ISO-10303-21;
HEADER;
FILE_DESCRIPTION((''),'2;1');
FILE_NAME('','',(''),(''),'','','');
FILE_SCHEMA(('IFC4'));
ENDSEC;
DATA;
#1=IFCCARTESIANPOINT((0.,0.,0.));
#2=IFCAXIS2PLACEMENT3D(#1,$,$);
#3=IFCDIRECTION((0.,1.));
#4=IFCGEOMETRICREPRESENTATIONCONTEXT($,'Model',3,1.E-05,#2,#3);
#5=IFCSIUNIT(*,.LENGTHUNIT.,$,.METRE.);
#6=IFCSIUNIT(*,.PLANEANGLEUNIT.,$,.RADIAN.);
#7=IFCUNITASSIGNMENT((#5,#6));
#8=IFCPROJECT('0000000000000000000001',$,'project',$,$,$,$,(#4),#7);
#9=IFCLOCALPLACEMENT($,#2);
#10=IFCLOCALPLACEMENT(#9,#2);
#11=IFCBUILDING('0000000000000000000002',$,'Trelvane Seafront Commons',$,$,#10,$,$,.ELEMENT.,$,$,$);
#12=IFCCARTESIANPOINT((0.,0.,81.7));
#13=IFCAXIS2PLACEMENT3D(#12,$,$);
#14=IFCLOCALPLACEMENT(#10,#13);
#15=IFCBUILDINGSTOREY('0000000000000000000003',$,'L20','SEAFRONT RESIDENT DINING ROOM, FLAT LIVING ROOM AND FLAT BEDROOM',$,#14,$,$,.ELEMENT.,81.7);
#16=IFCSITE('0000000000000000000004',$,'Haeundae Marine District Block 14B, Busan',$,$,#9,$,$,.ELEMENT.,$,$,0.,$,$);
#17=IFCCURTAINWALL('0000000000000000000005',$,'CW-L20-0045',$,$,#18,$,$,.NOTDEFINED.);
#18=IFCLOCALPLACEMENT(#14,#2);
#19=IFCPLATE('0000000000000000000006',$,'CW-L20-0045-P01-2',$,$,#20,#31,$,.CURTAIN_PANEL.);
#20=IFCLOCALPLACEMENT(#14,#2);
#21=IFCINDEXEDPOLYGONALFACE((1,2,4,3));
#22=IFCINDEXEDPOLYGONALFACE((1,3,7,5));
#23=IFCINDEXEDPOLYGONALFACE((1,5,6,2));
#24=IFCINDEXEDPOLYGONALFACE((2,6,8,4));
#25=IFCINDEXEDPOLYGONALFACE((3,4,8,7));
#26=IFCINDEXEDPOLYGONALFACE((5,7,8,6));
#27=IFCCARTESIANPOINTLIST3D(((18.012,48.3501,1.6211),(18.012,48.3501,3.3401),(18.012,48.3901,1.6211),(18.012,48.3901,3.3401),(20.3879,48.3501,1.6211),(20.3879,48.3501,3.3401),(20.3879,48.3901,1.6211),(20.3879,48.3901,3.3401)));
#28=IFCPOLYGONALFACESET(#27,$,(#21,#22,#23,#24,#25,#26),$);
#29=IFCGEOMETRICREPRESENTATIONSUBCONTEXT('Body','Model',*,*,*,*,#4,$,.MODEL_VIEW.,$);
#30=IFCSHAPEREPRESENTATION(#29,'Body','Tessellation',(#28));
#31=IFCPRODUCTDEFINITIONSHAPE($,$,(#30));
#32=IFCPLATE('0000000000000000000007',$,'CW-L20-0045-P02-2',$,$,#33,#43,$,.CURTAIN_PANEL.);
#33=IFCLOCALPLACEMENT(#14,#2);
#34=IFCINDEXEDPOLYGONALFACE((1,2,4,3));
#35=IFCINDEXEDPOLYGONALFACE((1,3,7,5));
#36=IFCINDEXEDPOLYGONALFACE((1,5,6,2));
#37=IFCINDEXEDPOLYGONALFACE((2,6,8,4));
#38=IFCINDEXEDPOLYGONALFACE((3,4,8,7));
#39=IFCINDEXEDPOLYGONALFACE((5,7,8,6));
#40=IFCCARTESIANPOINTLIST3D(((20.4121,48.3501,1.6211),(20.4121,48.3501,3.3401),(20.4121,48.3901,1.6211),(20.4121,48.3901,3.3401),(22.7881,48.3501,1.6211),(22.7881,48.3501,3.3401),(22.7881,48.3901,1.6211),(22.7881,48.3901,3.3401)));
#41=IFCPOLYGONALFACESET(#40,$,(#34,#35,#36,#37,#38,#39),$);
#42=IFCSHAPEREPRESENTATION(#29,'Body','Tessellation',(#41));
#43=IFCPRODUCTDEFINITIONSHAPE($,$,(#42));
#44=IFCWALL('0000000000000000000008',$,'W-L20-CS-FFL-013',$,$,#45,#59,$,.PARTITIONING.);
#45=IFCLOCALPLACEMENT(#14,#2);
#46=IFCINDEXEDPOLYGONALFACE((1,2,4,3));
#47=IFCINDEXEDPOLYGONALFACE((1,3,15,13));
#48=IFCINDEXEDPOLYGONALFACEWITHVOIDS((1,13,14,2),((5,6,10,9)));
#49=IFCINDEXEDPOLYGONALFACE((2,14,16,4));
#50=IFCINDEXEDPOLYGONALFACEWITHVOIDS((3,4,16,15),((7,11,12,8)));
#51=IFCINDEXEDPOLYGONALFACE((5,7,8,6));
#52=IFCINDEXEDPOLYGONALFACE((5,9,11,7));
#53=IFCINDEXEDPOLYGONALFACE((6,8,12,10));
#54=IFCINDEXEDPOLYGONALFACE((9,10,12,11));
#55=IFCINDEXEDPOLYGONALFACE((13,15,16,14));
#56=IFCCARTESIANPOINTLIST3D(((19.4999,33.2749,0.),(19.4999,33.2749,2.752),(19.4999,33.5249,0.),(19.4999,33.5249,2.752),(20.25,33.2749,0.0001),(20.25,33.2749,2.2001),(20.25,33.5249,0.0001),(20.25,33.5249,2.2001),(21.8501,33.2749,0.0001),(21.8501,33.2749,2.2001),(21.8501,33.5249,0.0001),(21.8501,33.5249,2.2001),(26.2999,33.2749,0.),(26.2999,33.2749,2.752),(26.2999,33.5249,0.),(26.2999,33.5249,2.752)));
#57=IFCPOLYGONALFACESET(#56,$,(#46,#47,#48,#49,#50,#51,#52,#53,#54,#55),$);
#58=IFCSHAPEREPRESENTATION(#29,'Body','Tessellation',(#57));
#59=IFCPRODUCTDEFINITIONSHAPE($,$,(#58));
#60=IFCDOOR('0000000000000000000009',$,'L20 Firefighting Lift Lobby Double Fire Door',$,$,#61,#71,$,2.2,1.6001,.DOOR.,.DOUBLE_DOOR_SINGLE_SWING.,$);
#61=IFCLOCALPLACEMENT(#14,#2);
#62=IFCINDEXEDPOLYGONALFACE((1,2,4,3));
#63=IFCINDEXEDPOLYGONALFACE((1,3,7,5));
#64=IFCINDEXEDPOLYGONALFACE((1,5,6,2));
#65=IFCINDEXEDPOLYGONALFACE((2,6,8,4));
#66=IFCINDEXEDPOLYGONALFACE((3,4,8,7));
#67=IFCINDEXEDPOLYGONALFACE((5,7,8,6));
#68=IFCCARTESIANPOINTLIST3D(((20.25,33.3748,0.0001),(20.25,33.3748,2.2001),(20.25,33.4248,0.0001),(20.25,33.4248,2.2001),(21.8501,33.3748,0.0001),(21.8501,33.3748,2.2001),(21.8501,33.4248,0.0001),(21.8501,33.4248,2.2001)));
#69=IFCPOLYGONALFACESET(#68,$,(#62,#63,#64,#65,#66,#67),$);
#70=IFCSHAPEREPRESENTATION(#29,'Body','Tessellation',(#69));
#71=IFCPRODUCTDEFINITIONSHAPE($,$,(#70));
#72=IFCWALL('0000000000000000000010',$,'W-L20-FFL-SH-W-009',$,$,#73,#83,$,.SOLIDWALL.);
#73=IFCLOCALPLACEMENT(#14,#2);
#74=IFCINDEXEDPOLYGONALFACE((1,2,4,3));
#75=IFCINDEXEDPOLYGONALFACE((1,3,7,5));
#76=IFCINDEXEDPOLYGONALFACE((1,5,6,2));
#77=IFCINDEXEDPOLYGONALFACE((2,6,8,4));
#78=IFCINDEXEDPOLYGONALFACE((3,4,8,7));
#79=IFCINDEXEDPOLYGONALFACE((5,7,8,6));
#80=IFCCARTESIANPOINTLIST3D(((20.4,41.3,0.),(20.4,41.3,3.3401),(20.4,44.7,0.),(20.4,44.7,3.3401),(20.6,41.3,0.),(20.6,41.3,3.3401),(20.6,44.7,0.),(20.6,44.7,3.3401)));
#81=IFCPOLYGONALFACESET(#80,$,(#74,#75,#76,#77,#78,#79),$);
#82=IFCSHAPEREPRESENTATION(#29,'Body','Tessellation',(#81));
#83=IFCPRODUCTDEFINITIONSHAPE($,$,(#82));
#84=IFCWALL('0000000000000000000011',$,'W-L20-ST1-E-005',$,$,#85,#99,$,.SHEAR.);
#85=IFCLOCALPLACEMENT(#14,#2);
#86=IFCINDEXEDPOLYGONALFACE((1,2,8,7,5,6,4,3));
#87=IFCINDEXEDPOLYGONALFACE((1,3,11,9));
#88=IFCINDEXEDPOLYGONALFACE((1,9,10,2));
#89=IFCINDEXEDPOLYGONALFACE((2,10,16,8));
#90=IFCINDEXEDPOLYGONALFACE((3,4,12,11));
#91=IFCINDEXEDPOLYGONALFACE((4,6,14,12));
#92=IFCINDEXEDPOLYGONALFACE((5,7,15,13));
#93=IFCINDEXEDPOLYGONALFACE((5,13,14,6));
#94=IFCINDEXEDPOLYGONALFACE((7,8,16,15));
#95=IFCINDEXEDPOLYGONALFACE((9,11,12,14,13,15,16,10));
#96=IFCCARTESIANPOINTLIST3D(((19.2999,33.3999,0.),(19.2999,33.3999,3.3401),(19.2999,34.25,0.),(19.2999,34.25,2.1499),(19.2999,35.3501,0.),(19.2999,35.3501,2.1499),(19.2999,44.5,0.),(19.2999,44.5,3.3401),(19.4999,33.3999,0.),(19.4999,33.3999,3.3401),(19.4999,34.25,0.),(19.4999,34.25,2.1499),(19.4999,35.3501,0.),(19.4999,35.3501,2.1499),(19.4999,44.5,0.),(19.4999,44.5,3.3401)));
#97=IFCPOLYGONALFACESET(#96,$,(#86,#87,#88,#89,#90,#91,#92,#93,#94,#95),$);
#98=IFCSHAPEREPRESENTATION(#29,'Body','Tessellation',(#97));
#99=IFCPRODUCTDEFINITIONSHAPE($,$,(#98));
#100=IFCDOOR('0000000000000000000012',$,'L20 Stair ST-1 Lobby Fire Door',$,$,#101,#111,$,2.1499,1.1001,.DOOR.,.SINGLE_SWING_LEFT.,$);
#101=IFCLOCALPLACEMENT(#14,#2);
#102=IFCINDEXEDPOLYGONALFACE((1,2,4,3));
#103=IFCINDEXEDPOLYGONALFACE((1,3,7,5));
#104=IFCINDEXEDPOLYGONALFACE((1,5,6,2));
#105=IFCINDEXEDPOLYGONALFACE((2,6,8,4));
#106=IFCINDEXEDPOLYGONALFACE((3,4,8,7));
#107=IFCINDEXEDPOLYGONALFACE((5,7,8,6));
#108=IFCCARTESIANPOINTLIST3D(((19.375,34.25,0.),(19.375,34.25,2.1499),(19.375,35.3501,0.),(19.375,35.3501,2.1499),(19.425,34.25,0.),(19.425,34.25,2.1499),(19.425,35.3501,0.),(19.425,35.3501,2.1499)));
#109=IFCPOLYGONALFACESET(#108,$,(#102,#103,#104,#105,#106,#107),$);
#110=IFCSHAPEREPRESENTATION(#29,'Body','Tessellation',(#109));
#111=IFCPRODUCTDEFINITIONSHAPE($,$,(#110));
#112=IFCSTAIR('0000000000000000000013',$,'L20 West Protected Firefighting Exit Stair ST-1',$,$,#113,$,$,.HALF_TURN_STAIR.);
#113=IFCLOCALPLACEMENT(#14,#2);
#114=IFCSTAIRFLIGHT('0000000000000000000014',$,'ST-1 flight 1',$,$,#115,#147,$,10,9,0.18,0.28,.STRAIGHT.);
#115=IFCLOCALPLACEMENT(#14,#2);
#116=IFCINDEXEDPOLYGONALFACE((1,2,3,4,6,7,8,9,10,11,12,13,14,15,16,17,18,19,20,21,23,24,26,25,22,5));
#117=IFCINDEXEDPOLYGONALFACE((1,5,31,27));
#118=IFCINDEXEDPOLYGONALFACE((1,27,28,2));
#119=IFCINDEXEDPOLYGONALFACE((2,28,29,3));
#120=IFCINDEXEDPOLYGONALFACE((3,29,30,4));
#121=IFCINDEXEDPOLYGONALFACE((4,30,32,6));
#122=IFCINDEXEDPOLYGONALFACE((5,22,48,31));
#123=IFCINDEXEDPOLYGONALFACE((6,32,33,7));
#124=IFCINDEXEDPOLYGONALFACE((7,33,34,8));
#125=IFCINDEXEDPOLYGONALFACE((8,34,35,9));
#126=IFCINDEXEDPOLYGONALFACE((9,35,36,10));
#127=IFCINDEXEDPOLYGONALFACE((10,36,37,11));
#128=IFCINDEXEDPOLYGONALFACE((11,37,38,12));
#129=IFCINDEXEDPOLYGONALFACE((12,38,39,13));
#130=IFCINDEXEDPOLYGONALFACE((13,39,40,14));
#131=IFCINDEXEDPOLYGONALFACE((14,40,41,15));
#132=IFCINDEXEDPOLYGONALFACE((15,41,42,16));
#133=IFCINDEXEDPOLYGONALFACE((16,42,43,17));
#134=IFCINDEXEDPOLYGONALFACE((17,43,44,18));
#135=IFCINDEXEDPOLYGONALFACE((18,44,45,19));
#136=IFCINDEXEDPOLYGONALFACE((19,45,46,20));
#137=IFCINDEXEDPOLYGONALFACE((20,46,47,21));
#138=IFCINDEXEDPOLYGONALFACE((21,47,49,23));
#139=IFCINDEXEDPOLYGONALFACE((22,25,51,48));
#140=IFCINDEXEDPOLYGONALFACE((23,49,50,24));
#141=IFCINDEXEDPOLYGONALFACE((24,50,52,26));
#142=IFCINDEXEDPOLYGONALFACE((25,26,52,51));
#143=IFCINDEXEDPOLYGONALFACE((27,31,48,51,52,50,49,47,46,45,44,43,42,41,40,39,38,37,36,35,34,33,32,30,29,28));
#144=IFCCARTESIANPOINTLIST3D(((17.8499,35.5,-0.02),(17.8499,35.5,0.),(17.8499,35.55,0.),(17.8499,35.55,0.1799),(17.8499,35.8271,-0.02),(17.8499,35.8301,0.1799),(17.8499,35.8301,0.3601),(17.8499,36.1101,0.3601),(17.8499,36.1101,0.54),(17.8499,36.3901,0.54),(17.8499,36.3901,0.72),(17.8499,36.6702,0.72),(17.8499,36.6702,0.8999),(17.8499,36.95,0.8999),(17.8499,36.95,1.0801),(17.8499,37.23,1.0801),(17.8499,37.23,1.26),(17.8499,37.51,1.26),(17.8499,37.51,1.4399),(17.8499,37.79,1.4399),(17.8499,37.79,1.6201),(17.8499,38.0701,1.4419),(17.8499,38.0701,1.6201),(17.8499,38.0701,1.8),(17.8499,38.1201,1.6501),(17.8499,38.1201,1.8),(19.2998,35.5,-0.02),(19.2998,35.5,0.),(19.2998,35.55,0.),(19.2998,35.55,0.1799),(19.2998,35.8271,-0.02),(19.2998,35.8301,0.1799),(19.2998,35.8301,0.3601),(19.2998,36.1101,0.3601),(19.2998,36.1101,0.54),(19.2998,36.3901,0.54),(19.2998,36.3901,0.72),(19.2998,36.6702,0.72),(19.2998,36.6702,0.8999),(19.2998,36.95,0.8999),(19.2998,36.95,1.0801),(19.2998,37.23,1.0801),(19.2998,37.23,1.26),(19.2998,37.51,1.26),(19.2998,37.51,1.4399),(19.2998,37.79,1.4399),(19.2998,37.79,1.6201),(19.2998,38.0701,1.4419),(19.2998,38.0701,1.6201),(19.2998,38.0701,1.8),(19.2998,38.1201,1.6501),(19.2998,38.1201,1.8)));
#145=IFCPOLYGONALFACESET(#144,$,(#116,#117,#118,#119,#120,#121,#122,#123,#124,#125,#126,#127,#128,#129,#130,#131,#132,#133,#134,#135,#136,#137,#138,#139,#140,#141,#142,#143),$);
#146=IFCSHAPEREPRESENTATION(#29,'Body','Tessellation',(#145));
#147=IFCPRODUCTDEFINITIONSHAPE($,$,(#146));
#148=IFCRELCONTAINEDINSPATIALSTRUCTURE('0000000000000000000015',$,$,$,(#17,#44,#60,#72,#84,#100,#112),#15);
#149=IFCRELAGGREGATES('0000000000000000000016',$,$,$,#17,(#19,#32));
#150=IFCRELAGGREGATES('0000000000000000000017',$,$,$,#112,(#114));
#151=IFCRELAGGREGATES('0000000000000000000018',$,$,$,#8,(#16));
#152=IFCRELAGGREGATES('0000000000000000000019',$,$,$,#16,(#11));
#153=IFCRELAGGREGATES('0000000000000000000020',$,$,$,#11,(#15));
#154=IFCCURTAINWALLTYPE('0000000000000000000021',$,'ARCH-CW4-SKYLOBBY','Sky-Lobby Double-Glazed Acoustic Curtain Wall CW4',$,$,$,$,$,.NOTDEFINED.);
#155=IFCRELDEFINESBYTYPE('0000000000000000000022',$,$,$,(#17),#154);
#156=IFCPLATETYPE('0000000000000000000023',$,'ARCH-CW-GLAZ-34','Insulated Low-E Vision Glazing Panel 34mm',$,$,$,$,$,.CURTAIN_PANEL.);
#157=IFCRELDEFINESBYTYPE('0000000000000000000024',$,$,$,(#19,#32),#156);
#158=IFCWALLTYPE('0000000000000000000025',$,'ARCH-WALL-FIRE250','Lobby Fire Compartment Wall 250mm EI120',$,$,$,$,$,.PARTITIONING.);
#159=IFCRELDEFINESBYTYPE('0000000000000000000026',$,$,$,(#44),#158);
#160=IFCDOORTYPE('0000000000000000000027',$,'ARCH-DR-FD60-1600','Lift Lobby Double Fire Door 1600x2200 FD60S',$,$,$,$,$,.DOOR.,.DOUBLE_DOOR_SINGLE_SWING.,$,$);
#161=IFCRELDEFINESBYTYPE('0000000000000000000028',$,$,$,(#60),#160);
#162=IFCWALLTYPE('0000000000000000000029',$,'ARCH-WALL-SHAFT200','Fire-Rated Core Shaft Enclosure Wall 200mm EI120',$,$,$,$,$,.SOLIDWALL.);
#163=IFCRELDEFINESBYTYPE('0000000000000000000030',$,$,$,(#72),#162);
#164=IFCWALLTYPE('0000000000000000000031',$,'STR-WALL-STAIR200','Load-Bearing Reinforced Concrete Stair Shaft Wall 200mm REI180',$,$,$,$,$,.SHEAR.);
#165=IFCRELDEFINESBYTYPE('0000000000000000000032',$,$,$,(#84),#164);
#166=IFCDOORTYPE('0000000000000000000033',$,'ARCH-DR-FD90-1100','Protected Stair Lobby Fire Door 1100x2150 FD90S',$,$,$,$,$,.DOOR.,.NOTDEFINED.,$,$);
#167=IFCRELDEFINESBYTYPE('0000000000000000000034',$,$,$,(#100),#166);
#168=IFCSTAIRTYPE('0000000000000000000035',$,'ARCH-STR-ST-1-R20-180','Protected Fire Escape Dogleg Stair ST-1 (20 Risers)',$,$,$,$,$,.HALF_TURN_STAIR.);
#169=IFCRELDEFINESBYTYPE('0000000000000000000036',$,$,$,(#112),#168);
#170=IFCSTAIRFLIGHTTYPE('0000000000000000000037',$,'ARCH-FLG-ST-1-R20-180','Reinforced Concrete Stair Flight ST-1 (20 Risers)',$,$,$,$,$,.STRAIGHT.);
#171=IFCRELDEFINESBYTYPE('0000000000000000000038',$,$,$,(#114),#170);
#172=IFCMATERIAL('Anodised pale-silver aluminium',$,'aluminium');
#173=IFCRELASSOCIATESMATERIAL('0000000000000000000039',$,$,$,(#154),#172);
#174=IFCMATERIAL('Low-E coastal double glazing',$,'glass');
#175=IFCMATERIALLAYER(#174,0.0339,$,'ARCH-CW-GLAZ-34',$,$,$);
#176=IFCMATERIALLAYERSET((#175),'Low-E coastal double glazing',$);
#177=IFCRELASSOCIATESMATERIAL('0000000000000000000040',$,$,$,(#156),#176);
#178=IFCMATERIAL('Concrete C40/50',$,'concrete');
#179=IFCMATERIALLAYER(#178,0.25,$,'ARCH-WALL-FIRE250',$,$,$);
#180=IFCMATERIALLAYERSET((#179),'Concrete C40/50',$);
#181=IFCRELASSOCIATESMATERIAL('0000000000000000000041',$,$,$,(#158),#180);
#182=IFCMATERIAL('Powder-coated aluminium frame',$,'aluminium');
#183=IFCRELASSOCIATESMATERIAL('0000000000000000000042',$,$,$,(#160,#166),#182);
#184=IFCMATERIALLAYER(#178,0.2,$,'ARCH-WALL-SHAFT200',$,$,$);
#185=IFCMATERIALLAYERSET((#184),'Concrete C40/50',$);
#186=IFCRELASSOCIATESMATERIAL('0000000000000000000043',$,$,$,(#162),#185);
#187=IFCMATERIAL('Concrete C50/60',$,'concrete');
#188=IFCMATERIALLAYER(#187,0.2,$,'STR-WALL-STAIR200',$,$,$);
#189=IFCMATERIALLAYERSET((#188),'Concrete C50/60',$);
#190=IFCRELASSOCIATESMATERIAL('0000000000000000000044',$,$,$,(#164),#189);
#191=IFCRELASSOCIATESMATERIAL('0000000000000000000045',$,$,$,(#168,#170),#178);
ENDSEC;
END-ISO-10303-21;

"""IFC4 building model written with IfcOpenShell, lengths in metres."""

from ifc_helpers import new_model, si_unit, direction, frame, frame_2d, origin, origin_2d, place, context, subcontext, project, spatial, polyline, rectangle, outline, extrude, source, transform, mapped, material, layer, layer_set, type_object, element, fill, aggregate, save


model = new_model("IFC4")

# Units and contexts
model_context = context("Model", 3, precision=1e-05, world=origin(), true_north=direction((0.0, 1.0)))
body_context = subcontext(model_context, "Body", "Model", "MODEL_VIEW")
ifc_project = project(units=[si_unit("LENGTHUNIT", "METRE"), si_unit("PLANEANGLEUNIT", "RADIAN")], contexts=[model_context])

# Site, building, storey
site_placement = place(None, origin())
site = spatial("IfcSite", under=ifc_project, at=site_placement, Name="Haeundae Marine District Block 14B, Busan", CompositionType="ELEMENT", RefElevation=0.0)
building_placement = place(site_placement, origin())
building = spatial("IfcBuilding", under=site, at=building_placement, Name="Trelvane Seafront Commons", CompositionType="ELEMENT")
storey_placement = place(building_placement, frame((0.0, 0.0, 81.7)))
storey = spatial("IfcBuildingStorey", under=building, at=storey_placement, Name="L20", Description="SEAFRONT RESIDENT DINING ROOM, FLAT LIVING ROOM AND FLAT BEDROOM", CompositionType="ELEMENT", Elevation=81.7)

# Curtain wall
ifc_material_1 = material(Name="Anodised pale-silver aluminium", Category="aluminium")
curtain_wall_type = type_object("IfcCurtainWallType", Name="ARCH-CW4-SKYLOBBY", Description="Sky-Lobby Double-Glazed Acoustic Curtain Wall CW4", PredefinedType="NOTDEFINED", material=ifc_material_1)
curtain_wall_placement = place(storey_placement, origin())
curtain_wall = element("IfcCurtainWall", 1, at=curtain_wall_placement, inside=storey, type_object=curtain_wall_type, Name="CW-L20-0045", PredefinedType="NOTDEFINED")

# Plates
ifc_material_2 = material(Name="Low-E coastal double glazing", Category="glass")
ifc_layer_1 = layer(ifc_material_2, 0.0339, Name="ARCH-CW-GLAZ-34")
ifc_layer_set_1 = layer_set([ifc_layer_1], Name="Low-E coastal double glazing")
plate_type_1 = type_object("IfcPlateType", Name="ARCH-CW-GLAZ-34", Description="Insulated Low-E Vision Glazing Panel 34mm", PredefinedType="CURTAIN_PANEL", material=ifc_layer_set_1)
shared_shape_1 = source(origin(), body_context, "Body", "SweptSolid", [
    extrude(rectangle(XDim=2.376, YDim=0.04, at=origin_2d()), origin(), (0.0, 0.0, 1.0), 1.719),
])
plate_1_placement = place(storey_placement, frame((19.2, 48.3701, 1.6211), z_axis=(0.0, 0.0, 1.0), x_axis=(1.0, 0.0, 0.0)))
plate_1 = element("IfcPlate", 2, at=plate_1_placement, type_object=plate_type_1, Name="CW-L20-0045-P01-2", PredefinedType="CURTAIN_PANEL", context=body_context, shape_type="MappedRepresentation", body=[
    mapped(shared_shape_1, transform((0.0, 0.0, 0.0), x_axis=(1.0, 0.0, 0.0), y_axis=(0.0, 1.0, 0.0), z_axis=(0.0, 0.0, 1.0), scale=1.0)),
])
plate_2_placement = place(storey_placement, frame((21.6001, 48.3701, 1.6211), z_axis=(0.0, 0.0, 1.0), x_axis=(1.0, 0.0, 0.0)))
plate_2 = element("IfcPlate", 3, at=plate_2_placement, type_object=plate_type_1, Name="CW-L20-0045-P02-2", PredefinedType="CURTAIN_PANEL", context=body_context, shape_type="MappedRepresentation", body=[
    mapped(shared_shape_1, transform((0.0, 0.0, 0.0), x_axis=(1.0, 0.0, 0.0), y_axis=(0.0, 1.0, 0.0), z_axis=(0.0, 0.0, 1.0), scale=1.0)),
])
aggregate(curtain_wall, [plate_1, plate_2])

# Wall, opening, door
ifc_material_3 = material(Name="Concrete C40/50", Category="concrete")
ifc_layer_2 = layer(ifc_material_3, 0.25, Name="ARCH-WALL-FIRE250")
ifc_layer_set_2 = layer_set([ifc_layer_2], Name="Concrete C40/50")
wall_type_1 = type_object("IfcWallType", Name="ARCH-WALL-FIRE250", Description="Lobby Fire Compartment Wall 250mm EI120", PredefinedType="PARTITIONING", material=ifc_layer_set_2)
wall_1_placement = place(storey_placement, frame((19.5, 33.3999, 0.0), z_axis=(0.0, 0.0, 1.0), x_axis=(1.0, 0.0, 0.0)))
wall_1 = element("IfcWall", 4, at=wall_1_placement, inside=storey, type_object=wall_type_1, Name="W-L20-CS-FFL-013", PredefinedType="PARTITIONING", context=body_context, shape_type="SweptSolid", body=[
    extrude(rectangle(XDim=6.8, YDim=0.25, at=frame_2d((3.3999, 0.0))), origin(), (0.0, 0.0, 1.0), 2.752),
])
opening_1_placement = place(wall_1_placement, frame((0.75, 0.0, 0.0)))
opening_1 = element("IfcOpeningElement", 5, at=opening_1_placement, cuts=wall_1, PredefinedType="OPENING", context=body_context, shape_type="SweptSolid", body=[
    extrude(rectangle(XDim=1.6001, YDim=2.2, at=frame_2d((0.8, 1.1001))), frame((0.0, 0.135, 0.0), z_axis=(0.0, -1.0, 0.0), x_axis=(1.0, 0.0, 0.0)), (0.0, 0.0, 1.0), 0.27),
])
ifc_material_4 = material(Name="Powder-coated aluminium frame", Category="aluminium")
door_type_1 = type_object("IfcDoorType", Name="ARCH-DR-FD60-1600", Description="Lift Lobby Double Fire Door 1600x2200 FD60S", OperationType="DOUBLE_DOOR_SINGLE_SWING", PredefinedType="DOOR", material=ifc_material_4)
shared_shape_2 = source(origin(), body_context, "Body", "SweptSolid", [
    extrude(rectangle(XDim=1.6001, YDim=2.2, at=frame_2d((0.8, 1.1001))), frame((0.0, 0.0249, 0.0), z_axis=(0.0, -1.0, 0.0), x_axis=(1.0, 0.0, 0.0)), (0.0, 0.0, 1.0), 0.05),
])
door_1_placement = place(opening_1_placement, origin())
door_1 = element("IfcDoor", 6, at=door_1_placement, inside=storey, type_object=door_type_1, Name="L20 Firefighting Lift Lobby Double Fire Door", OperationType="DOUBLE_DOOR_SINGLE_SWING", OverallHeight=2.2, OverallWidth=1.6001, PredefinedType="DOOR", context=body_context, shape_type="MappedRepresentation", body=[
    mapped(shared_shape_2, transform((0.0, 0.0, 0.0), x_axis=(1.0, 0.0, 0.0), y_axis=(0.0, 1.0, 0.0), z_axis=(0.0, 0.0, 1.0), scale=1.0)),
])
fill(opening_1, door_1)

# Shared definitions
ifc_layer_3 = layer(ifc_material_3, 0.2, Name="ARCH-WALL-SHAFT200")
ifc_layer_set_3 = layer_set([ifc_layer_3], Name="Concrete C40/50")
wall_type_2 = type_object("IfcWallType", Name="ARCH-WALL-SHAFT200", Description="Fire-Rated Core Shaft Enclosure Wall 200mm EI120", PredefinedType="SOLIDWALL", material=ifc_layer_set_3)
shared_shape_3 = source(origin(), body_context, "Body", "SweptSolid", [
    extrude(rectangle(XDim=1.1001, YDim=2.1499, at=frame_2d((0.55, 1.075))), frame((0.0, 0.0249, 0.0), z_axis=(0.0, -1.0, 0.0), x_axis=(1.0, 0.0, 0.0)), (0.0, 0.0, 1.0), 0.05),
])

# Wall
wall_2_placement = place(storey_placement, frame((20.5, 41.3, 0.0), z_axis=(0.0, 0.0, 1.0), x_axis=(0.0, 1.0, 0.0)))
element("IfcWall", 7, at=wall_2_placement, inside=storey, type_object=wall_type_2, Name="W-L20-FFL-SH-W-009", PredefinedType="SOLIDWALL", context=body_context, shape_type="SweptSolid", body=[
    extrude(rectangle(XDim=3.3999, YDim=0.2, at=frame_2d((1.7, 0.0))), origin(), (0.0, 0.0, 1.0), 3.3401),
])

# Wall, opening, door
ifc_material_5 = material(Name="Concrete C50/60", Category="concrete")
ifc_layer_4 = layer(ifc_material_5, 0.2, Name="STR-WALL-STAIR200")
ifc_layer_set_4 = layer_set([ifc_layer_4], Name="Concrete C50/60")
wall_type_3 = type_object("IfcWallType", Name="STR-WALL-STAIR200", Description="Load-Bearing Reinforced Concrete Stair Shaft Wall 200mm REI180", PredefinedType="SHEAR", material=ifc_layer_set_4)
wall_3_placement = place(storey_placement, frame((19.3999, 33.3999, 0.0), z_axis=(0.0, 0.0, 1.0), x_axis=(0.0, 1.0, 0.0)))
wall_3 = element("IfcWall", 8, at=wall_3_placement, inside=storey, type_object=wall_type_3, Name="W-L20-ST1-E-005", PredefinedType="SHEAR", context=body_context, shape_type="SweptSolid", body=[
    extrude(rectangle(XDim=11.1001, YDim=0.2, at=frame_2d((5.55, 0.0))), origin(), (0.0, 0.0, 1.0), 3.3401),
])
opening_2_placement = place(wall_3_placement, frame((0.8501, 0.0, 0.0)))
opening_2 = element("IfcOpeningElement", 9, at=opening_2_placement, cuts=wall_3, PredefinedType="OPENING", context=body_context, shape_type="SweptSolid", body=[
    extrude(rectangle(XDim=1.1001, YDim=2.1499, at=frame_2d((0.55, 1.075))), frame((0.0, 0.1099, 0.0), z_axis=(0.0, -1.0, 0.0), x_axis=(1.0, 0.0, 0.0)), (0.0, 0.0, 1.0), 0.22),
])
door_type_2 = type_object("IfcDoorType", Name="ARCH-DR-FD90-1100", Description="Protected Stair Lobby Fire Door 1100x2150 FD90S", OperationType="NOTDEFINED", PredefinedType="DOOR", material=ifc_material_4)
door_2_placement = place(opening_2_placement, origin())
door_2 = element("IfcDoor", 10, at=door_2_placement, inside=storey, type_object=door_type_2, Name="L20 Stair ST-1 Lobby Fire Door", OperationType="SINGLE_SWING_LEFT", OverallHeight=2.1499, OverallWidth=1.1001, PredefinedType="DOOR", context=body_context, shape_type="MappedRepresentation", body=[
    mapped(shared_shape_3, transform((0.0, 0.0, 0.0), x_axis=(1.0, 0.0, 0.0), y_axis=(0.0, 1.0, 0.0), z_axis=(0.0, 0.0, 1.0), scale=1.0)),
])
fill(opening_2, door_2)

# Stair, stair flight
stair_type = type_object("IfcStairType", Name="ARCH-STR-ST-1-R20-180", Description="Protected Fire Escape Dogleg Stair ST-1 (20 Risers)", PredefinedType="HALF_TURN_STAIR", material=ifc_material_3)
stair_placement = place(storey_placement, origin())
stair = element("IfcStair", 11, at=stair_placement, inside=storey, type_object=stair_type, Name="L20 West Protected Firefighting Exit Stair ST-1", PredefinedType="HALF_TURN_STAIR")
stair_flight_type = type_object("IfcStairFlightType", Name="ARCH-FLG-ST-1-R20-180", Description="Reinforced Concrete Stair Flight ST-1 (20 Risers)", PredefinedType="STRAIGHT", material=ifc_material_3)
shared_shape_4 = source(origin(), body_context, "Body", "SweptSolid", [
    extrude(outline(polyline([(-0.05, -0.02), (-0.05, 0.0), (0.0, 0.0), (0.0, 0.1799), (0.28, 0.1799), (0.28, 0.3601), (0.5601, 0.3601), (0.5601, 0.54), (0.8401, 0.54), (0.8401, 0.72), (1.1201, 0.72), (1.1201, 0.8999), (1.3999, 0.8999), (1.3999, 1.0801), (1.6799, 1.0801), (1.6799, 1.26), (1.96, 1.26), (1.96, 1.4399), (2.24, 1.4399), (2.24, 1.6201), (2.52, 1.6201), (2.52, 1.8), (2.5701, 1.8), (2.5701, 1.6501), (2.52, 1.4419), (0.2771, -0.02), (-0.05, -0.02)])), frame((0.0, 0.7251, 0.0), z_axis=(0.0, -1.0, 0.0), x_axis=(1.0, 0.0, 0.0)), (0.0, 0.0, 1.0), 1.45),
])
stair_flight_1_placement = place(storey_placement, frame((18.575, 35.55, 0.0), z_axis=(0.0, 0.0, 1.0), x_axis=(0.0, 1.0, 0.0)))
stair_flight_1 = element("IfcStairFlight", 12, at=stair_flight_1_placement, type_object=stair_flight_type, Name="ST-1 flight 1", NumberOfRisers=10, NumberOfTreads=9, PredefinedType="STRAIGHT", RiserHeight=0.18, TreadLength=0.28, context=body_context, shape_type="MappedRepresentation", body=[
    mapped(shared_shape_4, transform((0.0, 0.0, 0.0), x_axis=(1.0, 0.0, 0.0), y_axis=(0.0, 1.0, 0.0), z_axis=(0.0, 0.0, 1.0), scale=1.0)),
])
aggregate(stair, [stair_flight_1])

save(model, "model.ifc")
